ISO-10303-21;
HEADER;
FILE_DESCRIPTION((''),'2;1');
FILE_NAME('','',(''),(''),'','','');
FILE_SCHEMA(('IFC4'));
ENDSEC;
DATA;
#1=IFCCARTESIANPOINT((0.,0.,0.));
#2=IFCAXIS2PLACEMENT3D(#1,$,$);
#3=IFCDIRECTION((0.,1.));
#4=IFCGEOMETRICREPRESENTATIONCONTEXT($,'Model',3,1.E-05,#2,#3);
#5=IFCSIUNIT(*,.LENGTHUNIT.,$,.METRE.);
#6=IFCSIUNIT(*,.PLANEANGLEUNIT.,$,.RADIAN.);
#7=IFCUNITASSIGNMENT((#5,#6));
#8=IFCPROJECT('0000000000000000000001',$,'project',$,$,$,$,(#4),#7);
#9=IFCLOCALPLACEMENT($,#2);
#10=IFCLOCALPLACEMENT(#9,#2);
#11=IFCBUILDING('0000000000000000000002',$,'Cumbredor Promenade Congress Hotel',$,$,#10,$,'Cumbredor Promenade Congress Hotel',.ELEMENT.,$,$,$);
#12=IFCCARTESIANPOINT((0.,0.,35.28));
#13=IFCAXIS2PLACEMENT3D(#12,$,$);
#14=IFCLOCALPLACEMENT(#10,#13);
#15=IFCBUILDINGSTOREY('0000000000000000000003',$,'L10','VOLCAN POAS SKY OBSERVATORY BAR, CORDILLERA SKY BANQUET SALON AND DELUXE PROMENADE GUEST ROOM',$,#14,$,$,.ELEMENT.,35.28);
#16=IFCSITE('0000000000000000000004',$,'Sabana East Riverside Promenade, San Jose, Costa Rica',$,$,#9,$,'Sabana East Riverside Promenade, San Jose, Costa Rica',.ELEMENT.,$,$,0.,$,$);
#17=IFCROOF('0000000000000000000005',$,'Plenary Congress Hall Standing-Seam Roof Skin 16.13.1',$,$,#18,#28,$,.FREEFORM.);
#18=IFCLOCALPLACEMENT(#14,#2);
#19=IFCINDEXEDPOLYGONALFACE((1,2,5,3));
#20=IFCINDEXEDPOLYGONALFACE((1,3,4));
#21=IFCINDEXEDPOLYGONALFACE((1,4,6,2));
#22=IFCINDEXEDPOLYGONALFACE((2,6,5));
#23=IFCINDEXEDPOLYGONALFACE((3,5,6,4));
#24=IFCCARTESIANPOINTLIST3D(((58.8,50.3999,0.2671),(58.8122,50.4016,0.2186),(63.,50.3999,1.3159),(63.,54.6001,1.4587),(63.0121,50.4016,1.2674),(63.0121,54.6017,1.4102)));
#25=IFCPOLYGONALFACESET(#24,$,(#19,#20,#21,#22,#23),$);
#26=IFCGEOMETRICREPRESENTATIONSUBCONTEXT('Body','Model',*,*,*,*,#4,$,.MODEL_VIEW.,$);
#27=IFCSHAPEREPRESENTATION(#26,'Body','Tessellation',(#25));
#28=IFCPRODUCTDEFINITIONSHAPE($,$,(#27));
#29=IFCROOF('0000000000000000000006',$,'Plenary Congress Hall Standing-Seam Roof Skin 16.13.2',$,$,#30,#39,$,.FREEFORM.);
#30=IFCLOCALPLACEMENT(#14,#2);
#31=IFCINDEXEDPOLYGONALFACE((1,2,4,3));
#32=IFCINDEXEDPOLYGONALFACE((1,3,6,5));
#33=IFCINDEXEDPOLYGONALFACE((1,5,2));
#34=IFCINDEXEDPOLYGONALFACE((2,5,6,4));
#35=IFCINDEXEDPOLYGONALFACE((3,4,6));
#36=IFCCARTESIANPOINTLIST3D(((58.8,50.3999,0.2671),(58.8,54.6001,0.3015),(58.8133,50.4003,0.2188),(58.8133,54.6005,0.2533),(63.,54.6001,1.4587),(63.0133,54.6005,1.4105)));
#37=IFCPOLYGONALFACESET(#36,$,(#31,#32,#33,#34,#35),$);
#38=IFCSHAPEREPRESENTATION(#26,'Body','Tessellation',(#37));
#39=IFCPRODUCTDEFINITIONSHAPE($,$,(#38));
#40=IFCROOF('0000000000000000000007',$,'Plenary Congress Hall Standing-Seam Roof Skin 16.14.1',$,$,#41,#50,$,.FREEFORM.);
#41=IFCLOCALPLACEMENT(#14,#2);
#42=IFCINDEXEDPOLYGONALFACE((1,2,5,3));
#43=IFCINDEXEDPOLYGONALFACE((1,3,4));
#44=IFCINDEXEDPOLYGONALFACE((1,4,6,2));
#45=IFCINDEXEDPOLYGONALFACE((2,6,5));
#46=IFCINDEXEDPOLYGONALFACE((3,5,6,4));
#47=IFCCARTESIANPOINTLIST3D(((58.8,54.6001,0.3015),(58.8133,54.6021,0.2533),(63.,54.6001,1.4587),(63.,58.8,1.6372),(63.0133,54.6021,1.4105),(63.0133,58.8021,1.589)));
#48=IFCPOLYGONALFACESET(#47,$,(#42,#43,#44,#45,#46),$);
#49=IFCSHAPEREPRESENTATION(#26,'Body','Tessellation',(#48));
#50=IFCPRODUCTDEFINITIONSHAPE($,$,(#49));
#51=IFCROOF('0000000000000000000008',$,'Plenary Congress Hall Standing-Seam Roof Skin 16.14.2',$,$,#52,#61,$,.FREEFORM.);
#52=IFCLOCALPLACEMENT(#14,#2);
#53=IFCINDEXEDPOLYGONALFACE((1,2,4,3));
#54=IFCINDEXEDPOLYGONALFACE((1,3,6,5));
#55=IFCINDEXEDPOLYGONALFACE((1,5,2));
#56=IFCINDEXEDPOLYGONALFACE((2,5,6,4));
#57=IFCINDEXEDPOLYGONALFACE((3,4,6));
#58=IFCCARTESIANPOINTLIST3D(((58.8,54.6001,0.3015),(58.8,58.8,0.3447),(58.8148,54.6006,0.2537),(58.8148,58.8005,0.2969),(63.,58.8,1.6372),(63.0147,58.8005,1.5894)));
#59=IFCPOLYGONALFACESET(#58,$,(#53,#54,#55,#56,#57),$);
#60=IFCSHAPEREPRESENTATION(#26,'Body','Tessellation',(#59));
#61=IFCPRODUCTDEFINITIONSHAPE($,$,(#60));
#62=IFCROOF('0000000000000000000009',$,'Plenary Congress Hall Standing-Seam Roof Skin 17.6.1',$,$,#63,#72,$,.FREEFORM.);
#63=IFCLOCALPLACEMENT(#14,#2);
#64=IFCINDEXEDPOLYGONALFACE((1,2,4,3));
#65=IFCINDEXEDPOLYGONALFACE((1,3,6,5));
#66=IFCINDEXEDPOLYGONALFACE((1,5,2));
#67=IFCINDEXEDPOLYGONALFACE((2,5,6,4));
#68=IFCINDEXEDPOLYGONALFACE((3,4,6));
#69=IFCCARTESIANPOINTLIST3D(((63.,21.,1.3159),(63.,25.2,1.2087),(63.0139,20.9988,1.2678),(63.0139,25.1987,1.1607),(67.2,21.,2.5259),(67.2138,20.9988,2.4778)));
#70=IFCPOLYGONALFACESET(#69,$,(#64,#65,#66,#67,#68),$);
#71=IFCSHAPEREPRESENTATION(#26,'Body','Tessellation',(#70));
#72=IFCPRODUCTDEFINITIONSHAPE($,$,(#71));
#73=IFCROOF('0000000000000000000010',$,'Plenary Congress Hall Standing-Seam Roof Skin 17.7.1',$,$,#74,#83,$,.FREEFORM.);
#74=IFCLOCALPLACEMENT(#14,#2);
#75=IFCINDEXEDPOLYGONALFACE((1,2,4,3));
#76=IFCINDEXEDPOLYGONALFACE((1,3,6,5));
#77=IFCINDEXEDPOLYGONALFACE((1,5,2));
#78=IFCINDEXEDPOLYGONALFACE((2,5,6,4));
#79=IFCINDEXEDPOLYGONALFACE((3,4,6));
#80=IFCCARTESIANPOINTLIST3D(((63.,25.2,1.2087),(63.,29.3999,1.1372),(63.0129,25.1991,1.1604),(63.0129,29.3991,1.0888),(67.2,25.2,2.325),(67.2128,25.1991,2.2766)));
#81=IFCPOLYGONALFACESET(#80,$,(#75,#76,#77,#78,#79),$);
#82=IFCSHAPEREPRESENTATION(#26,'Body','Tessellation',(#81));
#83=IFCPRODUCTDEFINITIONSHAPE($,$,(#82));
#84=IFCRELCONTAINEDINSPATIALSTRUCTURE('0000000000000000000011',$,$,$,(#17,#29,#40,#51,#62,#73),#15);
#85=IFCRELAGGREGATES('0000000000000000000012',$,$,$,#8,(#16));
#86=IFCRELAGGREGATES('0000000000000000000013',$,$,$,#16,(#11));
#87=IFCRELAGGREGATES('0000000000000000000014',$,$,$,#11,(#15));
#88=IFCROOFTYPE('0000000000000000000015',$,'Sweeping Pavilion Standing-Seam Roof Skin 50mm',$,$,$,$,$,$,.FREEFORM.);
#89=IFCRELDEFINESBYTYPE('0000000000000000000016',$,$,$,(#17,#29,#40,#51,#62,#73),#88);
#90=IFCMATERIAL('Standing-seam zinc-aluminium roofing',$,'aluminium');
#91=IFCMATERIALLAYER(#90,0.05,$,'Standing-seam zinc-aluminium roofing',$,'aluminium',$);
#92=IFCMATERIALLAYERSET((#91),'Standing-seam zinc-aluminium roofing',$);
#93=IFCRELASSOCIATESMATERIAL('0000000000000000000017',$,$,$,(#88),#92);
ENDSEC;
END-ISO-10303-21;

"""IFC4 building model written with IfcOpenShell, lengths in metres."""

from ifc_helpers import new_model, si_unit, direction, frame, origin, place, context, subcontext, project, spatial, polyline, outline, extrude, material, layer, layer_set, type_object, element, save


model = new_model("IFC4")

# Units and contexts
model_context = context("Model", 3, precision=1e-05, world=origin(), true_north=direction((0.0, 1.0)))
body_context = subcontext(model_context, "Body", "Model", "MODEL_VIEW")
ifc_project = project(units=[si_unit("LENGTHUNIT", "METRE"), si_unit("PLANEANGLEUNIT", "RADIAN")], contexts=[model_context])

# Site, building, storey
site_placement = place(None, origin())
site = spatial("IfcSite", under=ifc_project, at=site_placement, Name="Sabana East Riverside Promenade, San Jose, Costa Rica", LongName="Sabana East Riverside Promenade, San Jose, Costa Rica", CompositionType="ELEMENT", RefElevation=0.0)
building_placement = place(site_placement, origin())
building = spatial("IfcBuilding", under=site, at=building_placement, Name="Cumbredor Promenade Congress Hotel", LongName="Cumbredor Promenade Congress Hotel", CompositionType="ELEMENT")
storey_placement = place(building_placement, frame((0.0, 0.0, 35.28)))
storey = spatial("IfcBuildingStorey", under=building, at=storey_placement, Name="L10", Description="VOLCAN POAS SKY OBSERVATORY BAR, CORDILLERA SKY BANQUET SALON AND DELUXE PROMENADE GUEST ROOM", CompositionType="ELEMENT", Elevation=35.28)

# Roofs
ifc_material_1 = material(Name="Standing-seam zinc-aluminium roofing", Category="aluminium")
ifc_layer_1 = layer(ifc_material_1, 0.05, Name="Standing-seam zinc-aluminium roofing", Category="aluminium")
ifc_layer_set_1 = layer_set([ifc_layer_1], Name="Standing-seam zinc-aluminium roofing")
roof_type = type_object("IfcRoofType", Name="Sweeping Pavilion Standing-Seam Roof Skin 50mm", PredefinedType="FREEFORM", material=ifc_layer_set_1)
roof_1_placement = place(storey_placement, frame((58.8, 50.3999, 0.2671), z_axis=(-0.242152, -0.032973, 0.969678), x_axis=(0.970205, 0.0, 0.242283)))
element("IfcRoof", 1, at=roof_1_placement, inside=storey, type_object=roof_type, Name="Plenary Congress Hall Standing-Seam Roof Skin 16.13.1", PredefinedType="FREEFORM", context=body_context, shape_type="SweptSolid", body=[
    extrude(outline(polyline([(0.0, 0.0), (4.3289, 0.0), (4.3635, 4.2025), (0.0, 0.0)])), origin(), (0.0, 0.0, -1.0), 0.05),
])
roof_2_placement = place(storey_placement, frame((58.8, 50.3999, 0.2671), z_axis=(-0.265626, -0.007901, 0.964044), x_axis=(0.693272, 0.693312, 0.196702)))
element("IfcRoof", 2, at=roof_2_placement, inside=storey, type_object=roof_type, Name="Plenary Congress Hall Standing-Seam Roof Skin 16.13.2", PredefinedType="FREEFORM", context=body_context, shape_type="SweptSolid", body=[
    extrude(outline(polyline([(0.0, 0.0), (6.0582, 0.0), (2.9188, 3.0205), (0.0, 0.0)])), origin(), (0.0, 0.0, -1.0), 0.05),
])
roof_3_placement = place(storey_placement, frame((58.8, 54.6001, 0.3015), z_axis=(-0.265412, -0.040932, 0.963266), x_axis=(0.964074, 0.0, 0.265634)))
element("IfcRoof", 3, at=roof_3_placement, inside=storey, type_object=roof_type, Name="Plenary Congress Hall Standing-Seam Roof Skin 16.14.1", PredefinedType="FREEFORM", context=body_context, shape_type="SweptSolid", body=[
    extrude(outline(polyline([(0.0, 0.0), (4.3565, 0.0), (4.4039, 4.2035), (0.0, 0.0)])), origin(), (0.0, 0.0, -1.0), 0.05),
])
roof_4_placement = place(storey_placement, frame((58.8, 54.6001, 0.3015), z_axis=(-0.294111, -0.009833, 0.955721), x_axis=(0.689878, 0.689878, 0.219399)))
element("IfcRoof", 4, at=roof_4_placement, inside=storey, type_object=roof_type, Name="Plenary Congress Hall Standing-Seam Roof Skin 16.14.2", PredefinedType="FREEFORM", context=body_context, shape_type="SweptSolid", body=[
    extrude(outline(polyline([(0.0, 0.0), (6.088, 0.0), (2.9069, 3.0317), (0.0, 0.0)])), origin(), (0.0, 0.0, -1.0), 0.05),
])
roof_5_placement = place(storey_placement, frame((63.0, 21.0, 1.3159), z_axis=(-0.276747, 0.024514, 0.96063), x_axis=(0.960919, 0.0, 0.27683)))
element("IfcRoof", 5, at=roof_5_placement, inside=storey, type_object=roof_type, Name="Plenary Congress Hall Standing-Seam Roof Skin 17.6.1", PredefinedType="FREEFORM", context=body_context, shape_type="SweptSolid", body=[
    extrude(outline(polyline([(0.0, 0.0), (4.3708, 0.0), (-0.0297, 4.2012), (0.0, 0.0)])), origin(), (0.0, 0.0, -1.0), 0.05),
])
roof_6_placement = place(storey_placement, frame((63.0, 25.2, 1.2087), z_axis=(-0.256817, 0.016458, 0.96632), x_axis=(0.966451, 0.0, 0.256851)))
element("IfcRoof", 6, at=roof_6_placement, inside=storey, type_object=roof_type, Name="Plenary Congress Hall Standing-Seam Roof Skin 17.7.1", PredefinedType="FREEFORM", context=body_context, shape_type="SweptSolid", body=[
    extrude(outline(polyline([(0.0, 0.0), (4.3457, 0.0), (-0.0184, 4.2005), (0.0, 0.0)])), origin(), (0.0, 0.0, -1.0), 0.05),
])

save(model, "model.ifc")
